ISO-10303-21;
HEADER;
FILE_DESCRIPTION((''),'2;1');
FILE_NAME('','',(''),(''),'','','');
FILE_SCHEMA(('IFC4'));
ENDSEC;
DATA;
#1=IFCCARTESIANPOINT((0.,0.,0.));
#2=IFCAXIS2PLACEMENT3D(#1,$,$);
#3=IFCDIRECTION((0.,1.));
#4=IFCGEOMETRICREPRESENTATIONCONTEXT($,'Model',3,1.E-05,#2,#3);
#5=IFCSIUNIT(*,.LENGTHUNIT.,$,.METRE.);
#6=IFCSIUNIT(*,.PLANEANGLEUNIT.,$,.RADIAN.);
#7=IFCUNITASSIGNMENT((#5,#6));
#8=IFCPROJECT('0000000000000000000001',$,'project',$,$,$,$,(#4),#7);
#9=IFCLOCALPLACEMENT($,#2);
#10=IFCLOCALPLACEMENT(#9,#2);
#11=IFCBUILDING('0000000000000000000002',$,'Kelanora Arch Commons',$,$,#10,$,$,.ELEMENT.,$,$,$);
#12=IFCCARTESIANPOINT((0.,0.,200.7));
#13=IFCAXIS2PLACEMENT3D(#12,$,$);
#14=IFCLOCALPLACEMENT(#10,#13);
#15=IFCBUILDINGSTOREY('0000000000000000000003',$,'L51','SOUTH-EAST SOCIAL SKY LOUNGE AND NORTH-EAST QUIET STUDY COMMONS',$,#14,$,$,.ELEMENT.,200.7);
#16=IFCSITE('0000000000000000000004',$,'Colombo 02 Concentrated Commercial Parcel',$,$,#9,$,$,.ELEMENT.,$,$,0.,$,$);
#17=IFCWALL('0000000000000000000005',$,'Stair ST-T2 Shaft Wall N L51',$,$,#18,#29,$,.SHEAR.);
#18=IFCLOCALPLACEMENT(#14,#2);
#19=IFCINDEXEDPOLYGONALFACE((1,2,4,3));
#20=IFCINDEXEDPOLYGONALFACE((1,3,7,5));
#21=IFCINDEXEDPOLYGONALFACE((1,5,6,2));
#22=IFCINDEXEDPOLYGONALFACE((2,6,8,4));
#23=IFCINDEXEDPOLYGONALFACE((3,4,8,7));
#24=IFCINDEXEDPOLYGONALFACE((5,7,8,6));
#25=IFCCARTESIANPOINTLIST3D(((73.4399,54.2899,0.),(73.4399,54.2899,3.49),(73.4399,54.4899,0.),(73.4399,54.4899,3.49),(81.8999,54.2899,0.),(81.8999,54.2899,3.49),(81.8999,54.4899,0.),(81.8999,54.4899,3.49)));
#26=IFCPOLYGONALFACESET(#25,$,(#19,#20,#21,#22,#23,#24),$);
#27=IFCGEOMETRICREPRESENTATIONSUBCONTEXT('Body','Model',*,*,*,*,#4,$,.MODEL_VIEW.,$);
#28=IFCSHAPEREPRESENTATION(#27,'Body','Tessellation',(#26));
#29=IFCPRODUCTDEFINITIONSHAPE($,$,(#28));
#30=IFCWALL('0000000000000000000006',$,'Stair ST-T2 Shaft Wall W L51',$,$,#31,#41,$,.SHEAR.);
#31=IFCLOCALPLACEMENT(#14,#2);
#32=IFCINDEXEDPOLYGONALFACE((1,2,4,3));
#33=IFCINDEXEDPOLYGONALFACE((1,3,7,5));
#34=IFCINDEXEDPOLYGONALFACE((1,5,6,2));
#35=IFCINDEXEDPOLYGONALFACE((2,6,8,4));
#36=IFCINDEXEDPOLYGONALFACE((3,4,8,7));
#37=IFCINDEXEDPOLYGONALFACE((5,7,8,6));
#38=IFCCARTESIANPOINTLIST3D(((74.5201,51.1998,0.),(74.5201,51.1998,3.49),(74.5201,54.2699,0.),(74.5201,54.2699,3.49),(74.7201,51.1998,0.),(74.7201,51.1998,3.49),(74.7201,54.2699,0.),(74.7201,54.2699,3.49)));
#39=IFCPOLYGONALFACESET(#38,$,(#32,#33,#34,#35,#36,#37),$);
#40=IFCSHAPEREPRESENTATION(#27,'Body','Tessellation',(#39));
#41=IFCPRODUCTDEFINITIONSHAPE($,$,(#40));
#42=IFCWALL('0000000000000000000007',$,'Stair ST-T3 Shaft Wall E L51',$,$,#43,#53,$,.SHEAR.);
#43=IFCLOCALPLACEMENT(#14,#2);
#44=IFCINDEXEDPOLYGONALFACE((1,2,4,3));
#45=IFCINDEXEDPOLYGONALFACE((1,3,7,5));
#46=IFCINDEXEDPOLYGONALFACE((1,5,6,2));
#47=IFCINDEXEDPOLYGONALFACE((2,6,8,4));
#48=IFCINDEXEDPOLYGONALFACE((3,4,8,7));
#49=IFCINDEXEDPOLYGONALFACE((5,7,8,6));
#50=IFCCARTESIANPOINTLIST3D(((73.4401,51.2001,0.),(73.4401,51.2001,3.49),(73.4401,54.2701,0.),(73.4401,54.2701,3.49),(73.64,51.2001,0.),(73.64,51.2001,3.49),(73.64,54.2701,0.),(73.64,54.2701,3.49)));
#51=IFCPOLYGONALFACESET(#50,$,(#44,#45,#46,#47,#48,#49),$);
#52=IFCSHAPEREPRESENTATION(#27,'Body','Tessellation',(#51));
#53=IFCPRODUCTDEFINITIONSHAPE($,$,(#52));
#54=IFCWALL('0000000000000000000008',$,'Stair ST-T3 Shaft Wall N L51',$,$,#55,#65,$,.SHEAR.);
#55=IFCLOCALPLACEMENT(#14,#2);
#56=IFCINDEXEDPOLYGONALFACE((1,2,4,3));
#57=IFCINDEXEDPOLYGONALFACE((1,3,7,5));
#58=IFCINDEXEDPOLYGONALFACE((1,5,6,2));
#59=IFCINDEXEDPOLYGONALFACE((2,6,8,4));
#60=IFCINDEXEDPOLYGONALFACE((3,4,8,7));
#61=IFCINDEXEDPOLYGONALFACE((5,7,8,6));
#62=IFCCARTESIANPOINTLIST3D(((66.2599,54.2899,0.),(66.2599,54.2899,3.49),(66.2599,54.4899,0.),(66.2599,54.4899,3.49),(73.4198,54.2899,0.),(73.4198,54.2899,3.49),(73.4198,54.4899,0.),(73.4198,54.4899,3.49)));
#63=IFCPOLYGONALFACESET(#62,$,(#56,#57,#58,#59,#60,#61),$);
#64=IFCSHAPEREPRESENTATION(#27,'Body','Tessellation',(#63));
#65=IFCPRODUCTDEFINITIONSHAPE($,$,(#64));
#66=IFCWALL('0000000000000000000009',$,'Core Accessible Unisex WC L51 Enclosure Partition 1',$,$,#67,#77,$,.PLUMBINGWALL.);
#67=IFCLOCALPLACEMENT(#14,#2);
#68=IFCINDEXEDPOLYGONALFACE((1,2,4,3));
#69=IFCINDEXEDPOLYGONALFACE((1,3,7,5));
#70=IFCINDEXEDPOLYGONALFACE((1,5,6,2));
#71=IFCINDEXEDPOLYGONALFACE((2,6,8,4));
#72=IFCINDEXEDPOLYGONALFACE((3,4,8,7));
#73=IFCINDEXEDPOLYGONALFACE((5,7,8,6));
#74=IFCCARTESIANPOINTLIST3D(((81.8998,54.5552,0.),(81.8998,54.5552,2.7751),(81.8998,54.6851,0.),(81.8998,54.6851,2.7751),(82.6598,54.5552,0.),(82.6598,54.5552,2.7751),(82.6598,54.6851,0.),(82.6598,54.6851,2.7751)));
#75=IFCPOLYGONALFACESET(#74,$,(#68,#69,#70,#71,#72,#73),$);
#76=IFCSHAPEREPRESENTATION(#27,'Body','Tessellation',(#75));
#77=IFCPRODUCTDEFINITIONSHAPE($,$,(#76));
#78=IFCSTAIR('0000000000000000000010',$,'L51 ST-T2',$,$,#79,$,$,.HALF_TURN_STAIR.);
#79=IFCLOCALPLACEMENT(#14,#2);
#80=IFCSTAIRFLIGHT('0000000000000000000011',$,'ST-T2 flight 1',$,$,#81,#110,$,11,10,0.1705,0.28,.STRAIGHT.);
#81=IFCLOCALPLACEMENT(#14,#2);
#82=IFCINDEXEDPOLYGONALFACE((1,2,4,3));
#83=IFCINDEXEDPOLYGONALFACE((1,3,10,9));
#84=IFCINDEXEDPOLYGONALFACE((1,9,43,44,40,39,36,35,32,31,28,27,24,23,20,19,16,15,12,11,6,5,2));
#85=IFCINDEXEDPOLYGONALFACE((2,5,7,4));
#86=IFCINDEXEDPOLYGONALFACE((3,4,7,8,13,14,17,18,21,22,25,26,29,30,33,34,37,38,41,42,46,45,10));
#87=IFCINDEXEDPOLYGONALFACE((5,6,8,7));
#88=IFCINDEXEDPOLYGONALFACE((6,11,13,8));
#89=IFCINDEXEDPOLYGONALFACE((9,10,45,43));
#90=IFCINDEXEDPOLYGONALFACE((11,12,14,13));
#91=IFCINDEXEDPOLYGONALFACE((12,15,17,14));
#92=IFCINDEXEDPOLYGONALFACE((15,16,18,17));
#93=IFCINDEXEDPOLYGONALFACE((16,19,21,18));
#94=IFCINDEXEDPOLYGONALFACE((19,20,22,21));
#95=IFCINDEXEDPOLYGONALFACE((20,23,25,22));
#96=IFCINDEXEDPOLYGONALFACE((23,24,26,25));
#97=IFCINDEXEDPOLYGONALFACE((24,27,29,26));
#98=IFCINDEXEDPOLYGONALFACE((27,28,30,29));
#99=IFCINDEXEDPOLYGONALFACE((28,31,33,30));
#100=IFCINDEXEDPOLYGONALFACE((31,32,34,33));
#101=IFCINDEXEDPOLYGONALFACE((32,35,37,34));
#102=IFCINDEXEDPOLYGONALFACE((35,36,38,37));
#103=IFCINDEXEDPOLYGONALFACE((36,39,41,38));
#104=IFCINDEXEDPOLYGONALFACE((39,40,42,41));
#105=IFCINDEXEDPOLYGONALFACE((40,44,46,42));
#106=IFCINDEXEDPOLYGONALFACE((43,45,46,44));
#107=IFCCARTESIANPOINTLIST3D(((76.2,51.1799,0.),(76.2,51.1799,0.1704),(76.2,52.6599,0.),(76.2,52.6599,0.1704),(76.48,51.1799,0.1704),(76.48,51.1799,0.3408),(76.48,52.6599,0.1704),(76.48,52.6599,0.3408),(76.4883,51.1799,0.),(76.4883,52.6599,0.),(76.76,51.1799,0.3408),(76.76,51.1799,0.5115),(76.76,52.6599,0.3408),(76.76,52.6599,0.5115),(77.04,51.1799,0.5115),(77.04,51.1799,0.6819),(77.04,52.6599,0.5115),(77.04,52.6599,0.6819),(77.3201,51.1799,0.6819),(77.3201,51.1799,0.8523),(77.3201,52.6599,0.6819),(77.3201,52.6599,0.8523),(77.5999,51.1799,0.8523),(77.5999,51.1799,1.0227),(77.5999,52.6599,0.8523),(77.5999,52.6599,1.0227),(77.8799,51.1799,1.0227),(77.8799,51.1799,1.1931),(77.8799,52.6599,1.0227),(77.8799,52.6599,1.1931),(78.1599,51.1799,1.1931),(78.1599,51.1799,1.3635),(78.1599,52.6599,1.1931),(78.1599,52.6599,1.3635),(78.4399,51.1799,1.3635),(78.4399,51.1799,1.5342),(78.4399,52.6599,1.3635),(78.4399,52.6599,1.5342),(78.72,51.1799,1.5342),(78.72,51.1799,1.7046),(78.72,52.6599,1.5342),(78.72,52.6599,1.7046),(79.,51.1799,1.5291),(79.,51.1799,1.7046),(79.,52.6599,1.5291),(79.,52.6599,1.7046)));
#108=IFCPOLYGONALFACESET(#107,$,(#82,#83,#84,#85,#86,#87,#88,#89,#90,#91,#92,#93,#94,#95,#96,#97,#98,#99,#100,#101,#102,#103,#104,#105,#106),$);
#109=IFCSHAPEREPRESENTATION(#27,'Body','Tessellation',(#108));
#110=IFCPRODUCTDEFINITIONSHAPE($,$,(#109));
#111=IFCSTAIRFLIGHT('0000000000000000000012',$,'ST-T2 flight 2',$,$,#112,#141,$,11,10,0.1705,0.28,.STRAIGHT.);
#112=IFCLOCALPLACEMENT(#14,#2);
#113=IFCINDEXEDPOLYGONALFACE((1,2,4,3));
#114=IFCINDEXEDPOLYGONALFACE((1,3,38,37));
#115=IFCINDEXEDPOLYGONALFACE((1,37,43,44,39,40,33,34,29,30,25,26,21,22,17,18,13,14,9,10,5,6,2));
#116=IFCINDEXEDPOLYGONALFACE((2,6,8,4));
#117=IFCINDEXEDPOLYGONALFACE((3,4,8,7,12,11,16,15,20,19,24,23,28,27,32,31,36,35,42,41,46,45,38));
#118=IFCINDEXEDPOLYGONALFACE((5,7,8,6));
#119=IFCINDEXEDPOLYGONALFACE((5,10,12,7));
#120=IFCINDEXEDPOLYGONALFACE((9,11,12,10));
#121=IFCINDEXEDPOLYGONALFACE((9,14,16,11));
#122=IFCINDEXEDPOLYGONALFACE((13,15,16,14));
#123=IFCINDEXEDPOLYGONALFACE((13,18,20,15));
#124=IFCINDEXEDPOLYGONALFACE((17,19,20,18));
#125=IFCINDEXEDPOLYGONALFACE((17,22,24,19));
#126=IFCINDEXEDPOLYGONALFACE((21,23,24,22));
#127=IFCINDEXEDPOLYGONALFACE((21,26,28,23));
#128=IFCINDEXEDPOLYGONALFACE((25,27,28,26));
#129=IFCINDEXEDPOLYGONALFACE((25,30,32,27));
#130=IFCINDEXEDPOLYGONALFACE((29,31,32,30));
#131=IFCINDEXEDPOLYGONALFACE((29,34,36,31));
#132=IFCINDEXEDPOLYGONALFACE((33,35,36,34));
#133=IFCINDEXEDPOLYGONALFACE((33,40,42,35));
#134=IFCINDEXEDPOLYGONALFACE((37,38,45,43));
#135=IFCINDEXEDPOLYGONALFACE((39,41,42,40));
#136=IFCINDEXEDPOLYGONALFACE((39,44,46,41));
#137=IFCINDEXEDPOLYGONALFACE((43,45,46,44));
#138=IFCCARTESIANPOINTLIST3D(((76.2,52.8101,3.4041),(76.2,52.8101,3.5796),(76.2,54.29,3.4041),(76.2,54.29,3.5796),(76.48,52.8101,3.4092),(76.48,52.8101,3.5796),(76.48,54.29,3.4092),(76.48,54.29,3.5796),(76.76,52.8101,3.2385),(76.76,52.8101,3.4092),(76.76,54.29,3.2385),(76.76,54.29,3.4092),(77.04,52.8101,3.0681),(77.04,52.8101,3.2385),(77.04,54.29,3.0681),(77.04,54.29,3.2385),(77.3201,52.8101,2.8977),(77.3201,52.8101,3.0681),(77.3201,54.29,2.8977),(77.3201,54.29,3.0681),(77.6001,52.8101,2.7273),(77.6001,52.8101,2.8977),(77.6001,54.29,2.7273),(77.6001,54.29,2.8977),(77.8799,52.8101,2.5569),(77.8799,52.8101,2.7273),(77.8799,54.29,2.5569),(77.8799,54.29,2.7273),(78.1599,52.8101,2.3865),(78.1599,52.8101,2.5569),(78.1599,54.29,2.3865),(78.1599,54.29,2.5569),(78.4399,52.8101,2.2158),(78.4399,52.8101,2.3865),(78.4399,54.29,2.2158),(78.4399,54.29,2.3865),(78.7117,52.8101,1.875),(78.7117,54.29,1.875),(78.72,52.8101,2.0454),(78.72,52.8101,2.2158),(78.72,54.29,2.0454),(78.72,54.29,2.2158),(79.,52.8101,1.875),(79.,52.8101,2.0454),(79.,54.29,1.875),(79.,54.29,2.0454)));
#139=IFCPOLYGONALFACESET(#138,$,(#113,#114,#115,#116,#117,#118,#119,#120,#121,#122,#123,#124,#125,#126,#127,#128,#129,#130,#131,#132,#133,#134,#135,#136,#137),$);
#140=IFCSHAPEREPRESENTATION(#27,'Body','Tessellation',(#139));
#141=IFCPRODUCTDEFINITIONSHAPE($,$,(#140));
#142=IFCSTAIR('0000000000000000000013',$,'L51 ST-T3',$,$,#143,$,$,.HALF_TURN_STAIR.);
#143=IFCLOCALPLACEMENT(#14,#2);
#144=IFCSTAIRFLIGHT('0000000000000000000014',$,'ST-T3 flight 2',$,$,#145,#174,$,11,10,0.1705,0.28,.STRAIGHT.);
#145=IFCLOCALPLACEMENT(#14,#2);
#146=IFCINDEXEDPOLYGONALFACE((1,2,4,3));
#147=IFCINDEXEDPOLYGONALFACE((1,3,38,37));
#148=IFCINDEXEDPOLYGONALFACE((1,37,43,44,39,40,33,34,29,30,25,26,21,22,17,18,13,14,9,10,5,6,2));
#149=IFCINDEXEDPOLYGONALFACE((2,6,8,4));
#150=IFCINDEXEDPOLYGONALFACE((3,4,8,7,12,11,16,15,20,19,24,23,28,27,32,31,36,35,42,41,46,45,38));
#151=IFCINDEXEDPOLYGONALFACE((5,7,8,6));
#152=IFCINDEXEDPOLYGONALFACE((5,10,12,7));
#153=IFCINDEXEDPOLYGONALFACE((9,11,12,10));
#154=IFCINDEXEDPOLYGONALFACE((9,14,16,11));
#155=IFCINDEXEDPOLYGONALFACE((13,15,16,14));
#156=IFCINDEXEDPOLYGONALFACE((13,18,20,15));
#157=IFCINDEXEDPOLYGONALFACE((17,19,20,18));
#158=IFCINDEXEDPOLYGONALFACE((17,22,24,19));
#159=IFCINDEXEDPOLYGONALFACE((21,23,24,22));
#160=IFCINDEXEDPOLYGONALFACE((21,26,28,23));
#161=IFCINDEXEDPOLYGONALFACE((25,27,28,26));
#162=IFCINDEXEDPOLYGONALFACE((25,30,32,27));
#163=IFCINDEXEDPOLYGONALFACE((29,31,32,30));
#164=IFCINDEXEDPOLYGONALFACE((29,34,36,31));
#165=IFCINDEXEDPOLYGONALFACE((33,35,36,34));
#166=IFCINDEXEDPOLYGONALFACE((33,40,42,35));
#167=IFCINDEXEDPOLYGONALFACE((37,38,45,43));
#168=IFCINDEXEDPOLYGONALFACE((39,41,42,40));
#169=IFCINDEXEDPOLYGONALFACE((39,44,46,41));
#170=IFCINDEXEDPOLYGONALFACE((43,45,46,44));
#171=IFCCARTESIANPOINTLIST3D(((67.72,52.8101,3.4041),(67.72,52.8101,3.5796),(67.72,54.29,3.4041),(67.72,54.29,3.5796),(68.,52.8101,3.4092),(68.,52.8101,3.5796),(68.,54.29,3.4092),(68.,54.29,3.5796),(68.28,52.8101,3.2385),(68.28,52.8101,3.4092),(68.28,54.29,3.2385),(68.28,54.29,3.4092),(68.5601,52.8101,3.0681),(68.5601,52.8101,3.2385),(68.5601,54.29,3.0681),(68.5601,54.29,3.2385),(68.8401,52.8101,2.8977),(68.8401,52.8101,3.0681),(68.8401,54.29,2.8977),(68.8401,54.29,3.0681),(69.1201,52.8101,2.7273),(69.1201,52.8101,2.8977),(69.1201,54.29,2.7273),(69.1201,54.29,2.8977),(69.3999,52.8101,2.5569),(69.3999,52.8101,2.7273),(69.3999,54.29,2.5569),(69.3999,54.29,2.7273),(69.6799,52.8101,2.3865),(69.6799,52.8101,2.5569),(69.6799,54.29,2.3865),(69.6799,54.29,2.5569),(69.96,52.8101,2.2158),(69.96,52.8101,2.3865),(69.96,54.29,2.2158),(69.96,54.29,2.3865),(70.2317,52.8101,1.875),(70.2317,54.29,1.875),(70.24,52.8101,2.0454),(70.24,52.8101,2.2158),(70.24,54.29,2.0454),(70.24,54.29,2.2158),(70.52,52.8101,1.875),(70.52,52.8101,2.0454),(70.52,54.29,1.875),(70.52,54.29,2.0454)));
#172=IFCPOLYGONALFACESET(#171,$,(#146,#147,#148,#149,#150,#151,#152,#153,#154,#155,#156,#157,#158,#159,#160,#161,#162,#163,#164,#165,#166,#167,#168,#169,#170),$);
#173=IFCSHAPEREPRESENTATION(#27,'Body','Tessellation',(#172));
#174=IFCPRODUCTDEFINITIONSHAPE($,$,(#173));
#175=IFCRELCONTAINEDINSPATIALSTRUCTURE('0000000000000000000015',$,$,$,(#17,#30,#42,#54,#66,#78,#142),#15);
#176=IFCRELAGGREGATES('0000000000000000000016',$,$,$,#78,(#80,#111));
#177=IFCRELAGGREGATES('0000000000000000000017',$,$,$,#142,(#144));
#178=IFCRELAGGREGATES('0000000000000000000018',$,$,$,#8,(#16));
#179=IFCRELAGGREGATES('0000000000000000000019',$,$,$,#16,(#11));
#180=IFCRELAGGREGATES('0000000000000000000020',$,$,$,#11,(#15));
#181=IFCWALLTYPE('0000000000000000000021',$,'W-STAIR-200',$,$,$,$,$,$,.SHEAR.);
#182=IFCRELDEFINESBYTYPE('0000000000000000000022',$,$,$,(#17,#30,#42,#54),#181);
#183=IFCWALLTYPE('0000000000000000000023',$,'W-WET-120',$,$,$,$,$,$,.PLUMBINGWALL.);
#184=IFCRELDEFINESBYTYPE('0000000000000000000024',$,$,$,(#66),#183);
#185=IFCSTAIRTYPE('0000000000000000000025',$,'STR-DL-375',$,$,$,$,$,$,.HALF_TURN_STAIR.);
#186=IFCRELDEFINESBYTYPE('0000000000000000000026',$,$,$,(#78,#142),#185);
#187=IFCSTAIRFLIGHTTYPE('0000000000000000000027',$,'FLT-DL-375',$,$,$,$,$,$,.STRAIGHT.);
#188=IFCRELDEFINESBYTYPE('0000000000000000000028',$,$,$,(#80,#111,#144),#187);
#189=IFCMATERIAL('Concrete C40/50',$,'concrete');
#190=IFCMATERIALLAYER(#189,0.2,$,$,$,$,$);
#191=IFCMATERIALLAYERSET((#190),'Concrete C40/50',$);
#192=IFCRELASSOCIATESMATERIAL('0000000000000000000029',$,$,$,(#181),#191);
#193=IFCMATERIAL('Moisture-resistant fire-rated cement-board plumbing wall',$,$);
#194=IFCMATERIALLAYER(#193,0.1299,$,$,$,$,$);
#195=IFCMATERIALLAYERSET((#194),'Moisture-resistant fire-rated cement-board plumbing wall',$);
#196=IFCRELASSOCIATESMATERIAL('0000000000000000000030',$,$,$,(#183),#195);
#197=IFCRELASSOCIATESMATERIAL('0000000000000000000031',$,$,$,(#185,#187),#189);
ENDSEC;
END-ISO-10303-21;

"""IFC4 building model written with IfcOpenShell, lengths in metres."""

from ifc_helpers import new_model, si_unit, direction, frame, frame_2d, origin, place, context, subcontext, project, spatial, polyline, rectangle, outline, extrude, material, layer, layer_set, type_object, element, aggregate, save


model = new_model("IFC4")

# Units and contexts
model_context = context("Model", 3, precision=1e-05, world=origin(), true_north=direction((0.0, 1.0)))
body_context = subcontext(model_context, "Body", "Model", "MODEL_VIEW")
ifc_project = project(units=[si_unit("LENGTHUNIT", "METRE"), si_unit("PLANEANGLEUNIT", "RADIAN")], contexts=[model_context])

# Site, building, storey
site_placement = place(None, origin())
site = spatial("IfcSite", under=ifc_project, at=site_placement, Name="Colombo 02 Concentrated Commercial Parcel", CompositionType="ELEMENT", RefElevation=0.0)
building_placement = place(site_placement, origin())
building = spatial("IfcBuilding", under=site, at=building_placement, Name="Kelanora Arch Commons", CompositionType="ELEMENT")
storey_placement = place(building_placement, frame((0.0, 0.0, 200.7)))
storey = spatial("IfcBuildingStorey", under=building, at=storey_placement, Name="L51", Description="SOUTH-EAST SOCIAL SKY LOUNGE AND NORTH-EAST QUIET STUDY COMMONS", CompositionType="ELEMENT", Elevation=200.7)

# Shared definitions
ifc_material_1 = material(Name="Concrete C40/50", Category="concrete")
ifc_layer_1 = layer(ifc_material_1, 0.2)
ifc_layer_set_1 = layer_set([ifc_layer_1], Name="Concrete C40/50")
wall_type_1 = type_object("IfcWallType", Name="W-STAIR-200", PredefinedType="SHEAR", material=ifc_layer_set_1)

# Walls
wall_1_placement = place(storey_placement, frame((81.8999, 54.3899, 0.0), z_axis=(0.0, 0.0, 1.0), x_axis=(-1.0, 0.0, 0.0)))
element("IfcWall", 1, at=wall_1_placement, inside=storey, type_object=wall_type_1, Name="Stair ST-T2 Shaft Wall N L51", PredefinedType="SHEAR", context=body_context, shape_type="SweptSolid", body=[
    extrude(rectangle(XDim=8.46, YDim=0.2, at=frame_2d((4.23, 0.0))), origin(), (0.0, 0.0, 1.0), 3.49),
])
for number, where, z_axis, x_axis, name in (
    (2, (74.6201, 54.27, 0.0), (0.0, 0.0, 1.0), (0.0, -1.0, 0.0), "Stair ST-T2 Shaft Wall W L51"),
    (3, (73.54, 51.2, 0.0), (0.0, 0.0, 1.0), (0.0, 1.0, 0.0), "Stair ST-T3 Shaft Wall E L51"),
):
    element("IfcWall", number, at=place(storey_placement, frame(where, z_axis=z_axis, x_axis=x_axis)), inside=storey, type_object=wall_type_1, Name=name, PredefinedType="SHEAR", context=body_context, shape_type="SweptSolid", body=[
        extrude(rectangle(XDim=3.0701, YDim=0.2, at=frame_2d((1.5352, 0.0))), origin(), (0.0, 0.0, 1.0), 3.49),
    ])
wall_2_placement = place(storey_placement, frame((73.4199, 54.3899, 0.0), z_axis=(0.0, 0.0, 1.0), x_axis=(-1.0, 0.0, 0.0)))
element("IfcWall", 4, at=wall_2_placement, inside=storey, type_object=wall_type_1, Name="Stair ST-T3 Shaft Wall N L51", PredefinedType="SHEAR", context=body_context, shape_type="SweptSolid", body=[
    extrude(rectangle(XDim=7.1599, YDim=0.2, at=frame_2d((3.5801, 0.0))), origin(), (0.0, 0.0, 1.0), 3.49),
])
ifc_material_2 = material(Name="Moisture-resistant fire-rated cement-board plumbing wall")
ifc_layer_2 = layer(ifc_material_2, 0.1299)
ifc_layer_set_2 = layer_set([ifc_layer_2], Name="Moisture-resistant fire-rated cement-board plumbing wall")
wall_type_2 = type_object("IfcWallType", Name="W-WET-120", PredefinedType="PLUMBINGWALL", material=ifc_layer_set_2)
wall_3_placement = place(storey_placement, frame((81.8999, 54.6201, 0.0), z_axis=(0.0, 0.0, 1.0), x_axis=(1.0, 0.0, 0.0)))
element("IfcWall", 5, at=wall_3_placement, inside=storey, type_object=wall_type_2, Name="Core Accessible Unisex WC L51 Enclosure Partition 1", PredefinedType="PLUMBINGWALL", context=body_context, shape_type="SweptSolid", body=[
    extrude(rectangle(XDim=0.76, YDim=0.1299, at=frame_2d((0.3799, 0.0))), origin(), (0.0, 0.0, 1.0), 2.7751),
])

# Stair, stair flights
stair_type = type_object("IfcStairType", Name="STR-DL-375", PredefinedType="HALF_TURN_STAIR", material=ifc_material_1)
stair_1_placement = place(storey_placement, origin())
stair_1 = element("IfcStair", 6, at=stair_1_placement, inside=storey, type_object=stair_type, Name="L51 ST-T2", PredefinedType="HALF_TURN_STAIR")
stair_flight_type = type_object("IfcStairFlightType", Name="FLT-DL-375", PredefinedType="STRAIGHT", material=ifc_material_1)
stair_flight_1_placement = place(storey_placement, frame((76.2, 51.9199, 0.0), z_axis=(0.0, 0.0, 1.0), x_axis=(1.0, 0.0, 0.0)))
stair_flight_1 = element("IfcStairFlight", 7, at=stair_flight_1_placement, type_object=stair_flight_type, Name="ST-T2 flight 1", NumberOfRisers=11, NumberOfTreads=10, PredefinedType="STRAIGHT", RiserHeight=0.1705, TreadLength=0.28, context=body_context, shape_type="SweptSolid", body=[
    extrude(outline(polyline([(0.0, 0.0), (0.0, 0.1704), (0.28, 0.1704), (0.28, 0.3408), (0.5601, 0.3408), (0.5601, 0.5115), (0.8401, 0.5115), (0.8401, 0.6819), (1.1201, 0.6819), (1.1201, 0.8523), (1.3999, 0.8523), (1.3999, 1.0227), (1.6799, 1.0227), (1.6799, 1.1931), (1.96, 1.1931), (1.96, 1.3635), (2.24, 1.3635), (2.24, 1.5342), (2.52, 1.5342), (2.52, 1.7046), (2.8, 1.7046), (2.8, 1.875), (2.8, 1.5291), (0.2883, 0.0), (0.0, 0.0)])), frame((0.0, 0.74, 0.0), z_axis=(0.0, -1.0, 0.0), x_axis=(1.0, 0.0, 0.0)), (0.0, 0.0, 1.0), 1.48),
])
stair_flight_2_placement = place(storey_placement, frame((79.0, 53.55, 1.875), z_axis=(0.0, 0.0, 1.0), x_axis=(-1.0, 0.0, 0.0)))
stair_flight_2 = element("IfcStairFlight", 8, at=stair_flight_2_placement, type_object=stair_flight_type, Name="ST-T2 flight 2", NumberOfRisers=11, NumberOfTreads=10, PredefinedType="STRAIGHT", RiserHeight=0.1705, TreadLength=0.28, context=body_context, shape_type="SweptSolid", body=[
    extrude(outline(polyline([(0.0, 0.0), (0.0, 0.1704), (0.28, 0.1704), (0.28, 0.3408), (0.5601, 0.3408), (0.5601, 0.5115), (0.8401, 0.5115), (0.8401, 0.6819), (1.1201, 0.6819), (1.1201, 0.8523), (1.3999, 0.8523), (1.3999, 1.0227), (1.6799, 1.0227), (1.6799, 1.1931), (1.96, 1.1931), (1.96, 1.3635), (2.24, 1.3635), (2.24, 1.5342), (2.52, 1.5342), (2.52, 1.7046), (2.8, 1.7046), (2.8, 1.875), (2.8, 1.5291), (0.2883, 0.0), (0.0, 0.0)])), frame((0.0, 0.74, 0.0), z_axis=(0.0, -1.0, 0.0), x_axis=(1.0, 0.0, 0.0)), (0.0, 0.0, 1.0), 1.48),
])
aggregate(stair_1, [stair_flight_1, stair_flight_2])

# Stair, stair flight
stair_2_placement = place(storey_placement, origin())
stair_2 = element("IfcStair", 9, at=stair_2_placement, inside=storey, type_object=stair_type, Name="L51 ST-T3", PredefinedType="HALF_TURN_STAIR")
stair_flight_3_placement = place(storey_placement, frame((70.52, 53.55, 1.875), z_axis=(0.0, 0.0, 1.0), x_axis=(-1.0, 0.0, 0.0)))
stair_flight_3 = element("IfcStairFlight", 10, at=stair_flight_3_placement, type_object=stair_flight_type, Name="ST-T3 flight 2", NumberOfRisers=11, NumberOfTreads=10, PredefinedType="STRAIGHT", RiserHeight=0.1705, TreadLength=0.28, context=body_context, shape_type="SweptSolid", body=[
    extrude(outline(polyline([(0.0, 0.0), (0.0, 0.1704), (0.28, 0.1704), (0.28, 0.3408), (0.5601, 0.3408), (0.5601, 0.5115), (0.8401, 0.5115), (0.8401, 0.6819), (1.1201, 0.6819), (1.1201, 0.8523), (1.3999, 0.8523), (1.3999, 1.0227), (1.6799, 1.0227), (1.6799, 1.1931), (1.96, 1.1931), (1.96, 1.3635), (2.24, 1.3635), (2.24, 1.5342), (2.52, 1.5342), (2.52, 1.7046), (2.8, 1.7046), (2.8, 1.875), (2.8, 1.5291), (0.2883, 0.0), (0.0, 0.0)])), frame((0.0, 0.74, 0.0), z_axis=(0.0, -1.0, 0.0), x_axis=(1.0, 0.0, 0.0)), (0.0, 0.0, 1.0), 1.48),
])
aggregate(stair_2, [stair_flight_3])

save(model, "model.ifc")
